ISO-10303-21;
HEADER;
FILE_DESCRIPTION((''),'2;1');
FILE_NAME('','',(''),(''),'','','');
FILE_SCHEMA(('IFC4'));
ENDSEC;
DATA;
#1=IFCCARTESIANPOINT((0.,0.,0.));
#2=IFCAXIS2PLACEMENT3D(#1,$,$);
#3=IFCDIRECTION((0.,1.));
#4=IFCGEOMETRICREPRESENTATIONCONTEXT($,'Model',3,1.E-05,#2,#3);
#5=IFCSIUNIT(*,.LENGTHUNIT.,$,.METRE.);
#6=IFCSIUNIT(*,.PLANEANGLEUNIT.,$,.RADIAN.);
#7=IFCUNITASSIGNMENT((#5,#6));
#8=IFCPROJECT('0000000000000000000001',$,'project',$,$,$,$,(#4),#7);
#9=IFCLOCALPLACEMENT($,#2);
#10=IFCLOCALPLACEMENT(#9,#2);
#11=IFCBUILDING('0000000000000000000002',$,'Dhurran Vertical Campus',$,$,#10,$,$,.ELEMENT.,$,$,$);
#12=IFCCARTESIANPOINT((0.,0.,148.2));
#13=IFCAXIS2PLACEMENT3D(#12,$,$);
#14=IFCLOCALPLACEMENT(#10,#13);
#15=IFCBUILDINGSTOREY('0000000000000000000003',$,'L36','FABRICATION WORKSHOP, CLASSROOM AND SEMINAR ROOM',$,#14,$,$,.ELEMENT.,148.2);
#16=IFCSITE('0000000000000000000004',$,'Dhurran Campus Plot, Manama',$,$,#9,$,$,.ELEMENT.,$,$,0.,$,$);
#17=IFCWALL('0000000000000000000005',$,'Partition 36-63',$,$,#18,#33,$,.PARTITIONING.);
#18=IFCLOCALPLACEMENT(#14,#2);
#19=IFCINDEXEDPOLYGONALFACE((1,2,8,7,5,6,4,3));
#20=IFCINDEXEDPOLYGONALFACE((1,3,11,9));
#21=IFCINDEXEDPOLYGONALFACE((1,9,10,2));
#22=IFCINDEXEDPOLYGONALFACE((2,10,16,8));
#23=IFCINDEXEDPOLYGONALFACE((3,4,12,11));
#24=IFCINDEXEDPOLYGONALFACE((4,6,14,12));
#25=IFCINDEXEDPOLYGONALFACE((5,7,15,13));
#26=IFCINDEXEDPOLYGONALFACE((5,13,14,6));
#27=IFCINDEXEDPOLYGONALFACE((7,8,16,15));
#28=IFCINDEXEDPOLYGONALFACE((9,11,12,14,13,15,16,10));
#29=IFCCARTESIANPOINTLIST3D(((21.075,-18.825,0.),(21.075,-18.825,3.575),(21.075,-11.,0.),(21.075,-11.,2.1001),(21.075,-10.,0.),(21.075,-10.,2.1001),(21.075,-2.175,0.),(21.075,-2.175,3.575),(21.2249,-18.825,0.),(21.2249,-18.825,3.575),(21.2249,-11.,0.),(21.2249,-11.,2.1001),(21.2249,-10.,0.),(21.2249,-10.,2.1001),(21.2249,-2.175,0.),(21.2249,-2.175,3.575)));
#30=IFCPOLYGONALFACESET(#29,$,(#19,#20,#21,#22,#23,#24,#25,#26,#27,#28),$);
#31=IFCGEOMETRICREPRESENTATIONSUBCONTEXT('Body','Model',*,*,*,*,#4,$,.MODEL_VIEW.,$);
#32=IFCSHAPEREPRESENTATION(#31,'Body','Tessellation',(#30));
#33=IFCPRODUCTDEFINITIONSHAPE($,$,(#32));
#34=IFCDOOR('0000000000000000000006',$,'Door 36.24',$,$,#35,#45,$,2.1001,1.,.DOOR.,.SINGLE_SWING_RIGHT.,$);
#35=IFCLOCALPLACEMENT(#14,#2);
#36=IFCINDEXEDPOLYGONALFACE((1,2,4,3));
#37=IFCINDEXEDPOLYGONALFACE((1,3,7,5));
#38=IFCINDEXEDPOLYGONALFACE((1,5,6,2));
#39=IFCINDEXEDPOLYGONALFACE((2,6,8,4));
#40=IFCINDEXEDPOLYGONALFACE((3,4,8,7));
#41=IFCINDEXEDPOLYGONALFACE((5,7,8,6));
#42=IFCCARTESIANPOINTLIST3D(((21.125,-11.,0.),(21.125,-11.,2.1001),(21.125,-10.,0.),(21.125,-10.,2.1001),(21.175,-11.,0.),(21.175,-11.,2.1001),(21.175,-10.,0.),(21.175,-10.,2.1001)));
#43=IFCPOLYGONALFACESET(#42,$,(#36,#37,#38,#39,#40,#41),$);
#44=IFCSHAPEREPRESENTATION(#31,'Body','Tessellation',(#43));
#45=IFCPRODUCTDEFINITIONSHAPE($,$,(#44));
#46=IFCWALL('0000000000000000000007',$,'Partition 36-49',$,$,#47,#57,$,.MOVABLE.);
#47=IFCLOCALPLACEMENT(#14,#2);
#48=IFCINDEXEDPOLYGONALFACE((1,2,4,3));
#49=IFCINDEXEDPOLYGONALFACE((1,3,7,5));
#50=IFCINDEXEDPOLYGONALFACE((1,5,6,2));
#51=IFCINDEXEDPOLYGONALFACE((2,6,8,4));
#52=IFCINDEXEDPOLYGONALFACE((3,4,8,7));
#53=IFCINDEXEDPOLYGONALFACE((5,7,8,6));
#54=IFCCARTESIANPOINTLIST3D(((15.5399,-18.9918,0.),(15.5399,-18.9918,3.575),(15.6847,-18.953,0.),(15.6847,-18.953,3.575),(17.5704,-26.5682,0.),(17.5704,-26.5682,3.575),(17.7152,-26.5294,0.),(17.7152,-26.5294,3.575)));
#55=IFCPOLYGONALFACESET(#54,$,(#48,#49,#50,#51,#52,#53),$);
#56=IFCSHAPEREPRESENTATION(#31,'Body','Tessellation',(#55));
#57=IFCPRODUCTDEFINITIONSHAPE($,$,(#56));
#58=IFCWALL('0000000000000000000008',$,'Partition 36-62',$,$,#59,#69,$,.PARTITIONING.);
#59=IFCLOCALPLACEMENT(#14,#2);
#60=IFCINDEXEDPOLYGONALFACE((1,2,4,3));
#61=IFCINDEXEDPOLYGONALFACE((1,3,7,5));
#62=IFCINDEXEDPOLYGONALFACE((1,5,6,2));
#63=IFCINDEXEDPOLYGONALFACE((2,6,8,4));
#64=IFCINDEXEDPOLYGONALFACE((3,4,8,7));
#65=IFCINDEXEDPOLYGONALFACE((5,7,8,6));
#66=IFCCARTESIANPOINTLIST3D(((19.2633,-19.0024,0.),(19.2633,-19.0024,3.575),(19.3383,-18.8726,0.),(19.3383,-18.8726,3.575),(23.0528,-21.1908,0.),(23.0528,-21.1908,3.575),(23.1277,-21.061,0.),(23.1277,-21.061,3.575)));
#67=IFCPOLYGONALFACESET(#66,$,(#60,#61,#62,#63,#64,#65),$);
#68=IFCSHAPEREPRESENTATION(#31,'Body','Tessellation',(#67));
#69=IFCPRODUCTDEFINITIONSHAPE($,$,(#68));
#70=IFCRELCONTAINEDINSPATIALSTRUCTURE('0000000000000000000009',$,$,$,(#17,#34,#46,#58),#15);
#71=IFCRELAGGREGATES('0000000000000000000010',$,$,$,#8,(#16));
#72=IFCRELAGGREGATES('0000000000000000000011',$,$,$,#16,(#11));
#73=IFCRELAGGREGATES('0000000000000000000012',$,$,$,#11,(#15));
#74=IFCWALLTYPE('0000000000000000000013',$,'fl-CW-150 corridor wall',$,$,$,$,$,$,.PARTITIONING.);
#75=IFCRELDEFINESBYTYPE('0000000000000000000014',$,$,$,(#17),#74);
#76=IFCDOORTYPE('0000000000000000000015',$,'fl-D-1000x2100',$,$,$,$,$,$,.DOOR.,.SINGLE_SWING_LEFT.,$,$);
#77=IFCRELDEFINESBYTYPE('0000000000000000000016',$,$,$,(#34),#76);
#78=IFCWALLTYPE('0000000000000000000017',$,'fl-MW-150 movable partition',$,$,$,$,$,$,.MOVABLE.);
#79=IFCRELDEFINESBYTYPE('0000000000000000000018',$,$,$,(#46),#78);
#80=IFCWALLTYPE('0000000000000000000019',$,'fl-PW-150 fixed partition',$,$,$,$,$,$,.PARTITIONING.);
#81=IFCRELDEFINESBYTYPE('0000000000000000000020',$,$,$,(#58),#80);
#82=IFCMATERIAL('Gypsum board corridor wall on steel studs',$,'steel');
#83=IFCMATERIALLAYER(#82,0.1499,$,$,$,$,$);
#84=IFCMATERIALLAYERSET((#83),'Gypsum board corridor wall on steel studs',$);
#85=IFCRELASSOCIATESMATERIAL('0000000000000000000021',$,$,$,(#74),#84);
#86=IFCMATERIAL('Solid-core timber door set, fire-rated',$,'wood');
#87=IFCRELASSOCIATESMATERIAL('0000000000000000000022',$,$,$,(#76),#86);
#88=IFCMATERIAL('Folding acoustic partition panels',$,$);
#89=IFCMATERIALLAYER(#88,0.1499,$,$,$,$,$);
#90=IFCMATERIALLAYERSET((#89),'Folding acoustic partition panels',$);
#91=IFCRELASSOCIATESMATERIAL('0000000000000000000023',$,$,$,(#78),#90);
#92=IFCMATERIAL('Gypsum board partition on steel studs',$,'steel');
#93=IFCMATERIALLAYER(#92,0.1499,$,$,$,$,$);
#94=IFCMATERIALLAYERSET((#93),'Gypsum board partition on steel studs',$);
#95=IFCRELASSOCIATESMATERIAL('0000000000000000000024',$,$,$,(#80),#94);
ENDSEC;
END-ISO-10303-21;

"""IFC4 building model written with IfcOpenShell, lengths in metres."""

from ifc_helpers import new_model, si_unit, direction, frame, frame_2d, origin, place, context, subcontext, project, spatial, rectangle, extrude, material, layer, layer_set, type_object, element, fill, save


model = new_model("IFC4")

# Units and contexts
model_context = context("Model", 3, precision=1e-05, world=origin(), true_north=direction((0.0, 1.0)))
body_context = subcontext(model_context, "Body", "Model", "MODEL_VIEW")
ifc_project = project(units=[si_unit("LENGTHUNIT", "METRE"), si_unit("PLANEANGLEUNIT", "RADIAN")], contexts=[model_context])

# Site, building, storey
site_placement = place(None, origin())
site = spatial("IfcSite", under=ifc_project, at=site_placement, Name="Dhurran Campus Plot, Manama", CompositionType="ELEMENT", RefElevation=0.0)
building_placement = place(site_placement, origin())
building = spatial("IfcBuilding", under=site, at=building_placement, Name="Dhurran Vertical Campus", CompositionType="ELEMENT")
storey_placement = place(building_placement, frame((0.0, 0.0, 148.2)))
storey = spatial("IfcBuildingStorey", under=building, at=storey_placement, Name="L36", Description="FABRICATION WORKSHOP, CLASSROOM AND SEMINAR ROOM", CompositionType="ELEMENT", Elevation=148.2)

# Shared definitions
ifc_material_1 = material(Name="Gypsum board corridor wall on steel studs", Category="steel")
ifc_layer_1 = layer(ifc_material_1, 0.1499)
ifc_layer_set_1 = layer_set([ifc_layer_1], Name="Gypsum board corridor wall on steel studs")
wall_type_1 = type_object("IfcWallType", Name="fl-CW-150 corridor wall", PredefinedType="PARTITIONING", material=ifc_layer_set_1)

# Shared definitions
ifc_material_2 = material(Name="Solid-core timber door set, fire-rated", Category="wood")
door_type = type_object("IfcDoorType", Name="fl-D-1000x2100", OperationType="SINGLE_SWING_LEFT", PredefinedType="DOOR", material=ifc_material_2)

# Wall, opening, door
wall_1_placement = place(storey_placement, frame((21.1499, -18.825, 0.0), z_axis=(0.0, 0.0, 1.0), x_axis=(0.0, 1.0, 0.0)))
wall_1 = element("IfcWall", 1, at=wall_1_placement, inside=storey, type_object=wall_type_1, Name="Partition 36-63", PredefinedType="PARTITIONING", context=body_context, shape_type="SweptSolid", body=[
    extrude(rectangle(XDim=16.6499, YDim=0.1499, at=frame_2d((8.325, 0.0))), origin(), (0.0, 0.0, 1.0), 3.575),
])
opening_1_placement = place(wall_1_placement, frame((7.825, 0.0, 0.0)))
opening_1 = element("IfcOpeningElement", 2, at=opening_1_placement, cuts=wall_1, PredefinedType="OPENING", context=body_context, shape_type="SweptSolid", body=[
    extrude(rectangle(XDim=1.0, YDim=2.1001, at=frame_2d((0.5, 1.05))), frame((0.0, 0.085, 0.0), z_axis=(0.0, -1.0, 0.0), x_axis=(1.0, 0.0, 0.0)), (0.0, 0.0, 1.0), 0.1699),
])
door_1_placement = place(opening_1_placement, origin())
door_1 = element("IfcDoor", 3, at=door_1_placement, inside=storey, type_object=door_type, Name="Door 36.24", OperationType="SINGLE_SWING_RIGHT", OverallHeight=2.1001, OverallWidth=1.0, PredefinedType="DOOR", context=body_context, shape_type="SweptSolid", body=[
    extrude(rectangle(XDim=1.0, YDim=2.1001, at=frame_2d((0.5, 1.05))), frame((0.0, 0.0249, 0.0), z_axis=(0.0, -1.0, 0.0), x_axis=(1.0, 0.0, 0.0)), (0.0, 0.0, 1.0), 0.05),
])
fill(opening_1, door_1)

# Walls
ifc_material_3 = material(Name="Folding acoustic partition panels")
ifc_layer_2 = layer(ifc_material_3, 0.1499)
ifc_layer_set_2 = layer_set([ifc_layer_2], Name="Folding acoustic partition panels")
wall_type_2 = type_object("IfcWallType", Name="fl-MW-150 movable partition", PredefinedType="MOVABLE", material=ifc_layer_set_2)
wall_2_placement = place(storey_placement, frame((15.6123, -18.9724, 0.0), z_axis=(0.0, 0.0, 1.0), x_axis=(0.258869, -0.965912, 0.0)))
element("IfcWall", 4, at=wall_2_placement, inside=storey, type_object=wall_type_2, Name="Partition 36-49", PredefinedType="MOVABLE", context=body_context, shape_type="SweptSolid", body=[
    extrude(rectangle(XDim=7.8438, YDim=0.1499, at=frame_2d((3.9219, 0.0))), origin(), (0.0, 0.0, 1.0), 3.575),
])
ifc_material_4 = material(Name="Gypsum board partition on steel studs", Category="steel")
ifc_layer_3 = layer(ifc_material_4, 0.1499)
ifc_layer_set_3 = layer_set([ifc_layer_3], Name="Gypsum board partition on steel studs")
wall_type_3 = type_object("IfcWallType", Name="fl-PW-150 fixed partition", PredefinedType="PARTITIONING", material=ifc_layer_set_3)
wall_3_placement = place(storey_placement, frame((19.3008, -18.9375, 0.0), z_axis=(0.0, 0.0, 1.0), x_axis=(0.865968, -0.500099, 0.0)))
element("IfcWall", 5, at=wall_3_placement, inside=storey, type_object=wall_type_3, Name="Partition 36-62", PredefinedType="PARTITIONING", context=body_context, shape_type="SweptSolid", body=[
    extrude(rectangle(XDim=4.376, YDim=0.1499, at=frame_2d((2.188, 0.0))), origin(), (0.0, 0.0, 1.0), 3.575),
])

save(model, "model.ifc")
